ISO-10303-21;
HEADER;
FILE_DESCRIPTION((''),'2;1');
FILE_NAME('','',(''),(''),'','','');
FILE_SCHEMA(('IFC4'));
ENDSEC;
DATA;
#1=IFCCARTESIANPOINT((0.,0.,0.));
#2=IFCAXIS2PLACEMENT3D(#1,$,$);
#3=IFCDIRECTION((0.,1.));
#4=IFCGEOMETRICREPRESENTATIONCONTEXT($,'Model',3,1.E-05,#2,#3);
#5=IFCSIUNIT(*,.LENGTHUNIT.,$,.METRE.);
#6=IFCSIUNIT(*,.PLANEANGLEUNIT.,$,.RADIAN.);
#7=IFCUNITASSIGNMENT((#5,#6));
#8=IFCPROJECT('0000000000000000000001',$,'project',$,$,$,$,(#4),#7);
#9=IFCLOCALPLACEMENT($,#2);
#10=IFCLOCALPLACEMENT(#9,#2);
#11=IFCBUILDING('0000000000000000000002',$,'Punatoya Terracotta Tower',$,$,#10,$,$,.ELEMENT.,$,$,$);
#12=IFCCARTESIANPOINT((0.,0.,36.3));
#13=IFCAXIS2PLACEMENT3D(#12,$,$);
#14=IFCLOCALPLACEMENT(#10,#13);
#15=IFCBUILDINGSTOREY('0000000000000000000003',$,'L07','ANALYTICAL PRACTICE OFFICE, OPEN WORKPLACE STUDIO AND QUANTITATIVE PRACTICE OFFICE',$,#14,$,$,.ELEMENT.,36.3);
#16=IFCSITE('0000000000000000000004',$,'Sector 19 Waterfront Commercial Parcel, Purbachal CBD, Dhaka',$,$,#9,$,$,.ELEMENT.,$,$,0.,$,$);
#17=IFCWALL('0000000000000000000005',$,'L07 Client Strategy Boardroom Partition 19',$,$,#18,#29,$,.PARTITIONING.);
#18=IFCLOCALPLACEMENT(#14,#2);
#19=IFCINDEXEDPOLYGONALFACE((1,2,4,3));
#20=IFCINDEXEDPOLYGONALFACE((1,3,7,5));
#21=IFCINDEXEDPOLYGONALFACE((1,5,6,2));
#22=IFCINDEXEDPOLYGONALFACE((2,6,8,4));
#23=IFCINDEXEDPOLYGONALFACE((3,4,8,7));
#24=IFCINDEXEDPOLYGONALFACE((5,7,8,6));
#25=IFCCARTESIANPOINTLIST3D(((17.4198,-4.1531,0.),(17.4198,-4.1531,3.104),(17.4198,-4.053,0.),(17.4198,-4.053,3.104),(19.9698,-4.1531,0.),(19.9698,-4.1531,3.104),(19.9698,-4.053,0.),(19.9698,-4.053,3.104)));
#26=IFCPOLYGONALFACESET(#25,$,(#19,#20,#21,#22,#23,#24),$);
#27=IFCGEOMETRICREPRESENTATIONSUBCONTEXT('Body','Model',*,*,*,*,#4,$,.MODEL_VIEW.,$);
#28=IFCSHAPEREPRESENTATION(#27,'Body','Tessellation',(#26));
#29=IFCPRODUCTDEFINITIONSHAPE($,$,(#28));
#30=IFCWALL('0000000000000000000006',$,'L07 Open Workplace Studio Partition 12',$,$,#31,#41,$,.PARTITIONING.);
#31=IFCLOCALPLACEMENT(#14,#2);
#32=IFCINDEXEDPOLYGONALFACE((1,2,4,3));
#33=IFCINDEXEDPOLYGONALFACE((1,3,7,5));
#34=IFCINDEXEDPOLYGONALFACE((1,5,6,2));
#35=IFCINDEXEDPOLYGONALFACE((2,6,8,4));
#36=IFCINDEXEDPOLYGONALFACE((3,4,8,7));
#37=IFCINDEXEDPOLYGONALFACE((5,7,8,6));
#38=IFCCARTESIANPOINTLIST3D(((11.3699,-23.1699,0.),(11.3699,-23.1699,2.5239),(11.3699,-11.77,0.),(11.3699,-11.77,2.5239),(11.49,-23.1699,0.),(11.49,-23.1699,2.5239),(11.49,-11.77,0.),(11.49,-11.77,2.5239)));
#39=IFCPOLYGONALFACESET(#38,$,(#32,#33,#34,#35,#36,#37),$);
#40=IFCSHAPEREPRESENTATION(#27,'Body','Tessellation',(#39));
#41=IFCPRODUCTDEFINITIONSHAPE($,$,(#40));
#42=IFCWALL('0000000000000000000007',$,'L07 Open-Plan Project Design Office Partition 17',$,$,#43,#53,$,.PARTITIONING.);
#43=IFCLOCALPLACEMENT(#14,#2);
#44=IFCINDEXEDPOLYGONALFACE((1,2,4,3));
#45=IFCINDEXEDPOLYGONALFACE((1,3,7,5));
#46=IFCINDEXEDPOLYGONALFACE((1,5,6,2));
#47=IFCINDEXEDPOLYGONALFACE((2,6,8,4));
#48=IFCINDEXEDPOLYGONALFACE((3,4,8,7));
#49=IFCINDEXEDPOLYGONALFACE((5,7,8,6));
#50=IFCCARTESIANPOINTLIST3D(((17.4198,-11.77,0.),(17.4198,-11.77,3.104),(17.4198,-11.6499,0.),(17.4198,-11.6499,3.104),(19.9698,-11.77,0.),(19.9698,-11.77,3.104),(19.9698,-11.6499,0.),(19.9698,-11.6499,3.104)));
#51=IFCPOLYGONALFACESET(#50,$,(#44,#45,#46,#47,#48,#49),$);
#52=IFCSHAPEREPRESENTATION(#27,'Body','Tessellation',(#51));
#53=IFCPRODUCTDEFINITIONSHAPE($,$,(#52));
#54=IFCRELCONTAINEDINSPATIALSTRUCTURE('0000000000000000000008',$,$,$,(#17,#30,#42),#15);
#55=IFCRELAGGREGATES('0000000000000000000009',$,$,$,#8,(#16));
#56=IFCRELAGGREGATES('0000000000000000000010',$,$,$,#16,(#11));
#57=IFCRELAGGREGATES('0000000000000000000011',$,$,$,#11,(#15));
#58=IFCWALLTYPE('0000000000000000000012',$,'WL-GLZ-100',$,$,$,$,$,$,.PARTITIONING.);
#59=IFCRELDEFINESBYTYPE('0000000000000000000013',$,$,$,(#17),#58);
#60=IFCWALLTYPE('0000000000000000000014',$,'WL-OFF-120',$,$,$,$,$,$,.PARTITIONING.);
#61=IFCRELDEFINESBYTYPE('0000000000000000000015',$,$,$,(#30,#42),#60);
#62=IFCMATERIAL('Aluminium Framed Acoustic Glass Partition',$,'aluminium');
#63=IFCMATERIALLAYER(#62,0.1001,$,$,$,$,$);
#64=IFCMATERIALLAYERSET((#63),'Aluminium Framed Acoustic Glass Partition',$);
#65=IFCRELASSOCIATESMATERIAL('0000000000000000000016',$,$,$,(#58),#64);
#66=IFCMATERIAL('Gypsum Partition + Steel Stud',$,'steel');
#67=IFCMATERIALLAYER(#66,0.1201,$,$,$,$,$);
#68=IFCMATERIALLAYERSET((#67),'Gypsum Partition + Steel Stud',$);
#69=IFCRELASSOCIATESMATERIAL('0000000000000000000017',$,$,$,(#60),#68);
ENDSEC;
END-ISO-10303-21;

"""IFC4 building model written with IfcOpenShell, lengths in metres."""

from ifc_helpers import new_model, si_unit, direction, frame, frame_2d, origin, place, context, subcontext, project, spatial, rectangle, extrude, material, layer, layer_set, type_object, element, save


model = new_model("IFC4")

# Units and contexts
model_context = context("Model", 3, precision=1e-05, world=origin(), true_north=direction((0.0, 1.0)))
body_context = subcontext(model_context, "Body", "Model", "MODEL_VIEW")
ifc_project = project(units=[si_unit("LENGTHUNIT", "METRE"), si_unit("PLANEANGLEUNIT", "RADIAN")], contexts=[model_context])

# Site, building, storey
site_placement = place(None, origin())
site = spatial("IfcSite", under=ifc_project, at=site_placement, Name="Sector 19 Waterfront Commercial Parcel, Purbachal CBD, Dhaka", CompositionType="ELEMENT", RefElevation=0.0)
building_placement = place(site_placement, origin())
building = spatial("IfcBuilding", under=site, at=building_placement, Name="Punatoya Terracotta Tower", CompositionType="ELEMENT")
storey_placement = place(building_placement, frame((0.0, 0.0, 36.3)))
storey = spatial("IfcBuildingStorey", under=building, at=storey_placement, Name="L07", Description="ANALYTICAL PRACTICE OFFICE, OPEN WORKPLACE STUDIO AND QUANTITATIVE PRACTICE OFFICE", CompositionType="ELEMENT", Elevation=36.3)

# Walls
ifc_material_1 = material(Name="Aluminium Framed Acoustic Glass Partition", Category="aluminium")
ifc_layer_1 = layer(ifc_material_1, 0.1001)
ifc_layer_set_1 = layer_set([ifc_layer_1], Name="Aluminium Framed Acoustic Glass Partition")
wall_type_1 = type_object("IfcWallType", Name="WL-GLZ-100", PredefinedType="PARTITIONING", material=ifc_layer_set_1)
wall_1_placement = place(storey_placement, frame((17.4199, -4.103, 0.0), z_axis=(0.0, 0.0, 1.0), x_axis=(1.0, 0.0, 0.0)))
element("IfcWall", 1, at=wall_1_placement, inside=storey, type_object=wall_type_1, Name="L07 Client Strategy Boardroom Partition 19", PredefinedType="PARTITIONING", context=body_context, shape_type="SweptSolid", body=[
    extrude(rectangle(XDim=2.55, YDim=0.1001, at=frame_2d((1.2749, 0.0))), origin(), (0.0, 0.0, 1.0), 3.104),
])
ifc_material_2 = material(Name="Gypsum Partition + Steel Stud", Category="steel")
ifc_layer_2 = layer(ifc_material_2, 0.1201)
ifc_layer_set_2 = layer_set([ifc_layer_2], Name="Gypsum Partition + Steel Stud")
wall_type_2 = type_object("IfcWallType", Name="WL-OFF-120", PredefinedType="PARTITIONING", material=ifc_layer_set_2)
wall_2_placement = place(storey_placement, frame((11.4299, -11.77, 0.0), z_axis=(0.0, 0.0, 1.0), x_axis=(0.0, -1.0, 0.0)))
element("IfcWall", 2, at=wall_2_placement, inside=storey, type_object=wall_type_2, Name="L07 Open Workplace Studio Partition 12", PredefinedType="PARTITIONING", context=body_context, shape_type="SweptSolid", body=[
    extrude(rectangle(XDim=11.3999, YDim=0.1201, at=frame_2d((5.7, 0.0))), origin(), (0.0, 0.0, 1.0), 2.5239),
])
wall_3_placement = place(storey_placement, frame((17.4199, -11.71, 0.0), z_axis=(0.0, 0.0, 1.0), x_axis=(1.0, 0.0, 0.0)))
element("IfcWall", 3, at=wall_3_placement, inside=storey, type_object=wall_type_2, Name="L07 Open-Plan Project Design Office Partition 17", PredefinedType="PARTITIONING", context=body_context, shape_type="SweptSolid", body=[
    extrude(rectangle(XDim=2.55, YDim=0.1201, at=frame_2d((1.2749, 0.0))), origin(), (0.0, 0.0, 1.0), 3.104),
])

save(model, "model.ifc")
